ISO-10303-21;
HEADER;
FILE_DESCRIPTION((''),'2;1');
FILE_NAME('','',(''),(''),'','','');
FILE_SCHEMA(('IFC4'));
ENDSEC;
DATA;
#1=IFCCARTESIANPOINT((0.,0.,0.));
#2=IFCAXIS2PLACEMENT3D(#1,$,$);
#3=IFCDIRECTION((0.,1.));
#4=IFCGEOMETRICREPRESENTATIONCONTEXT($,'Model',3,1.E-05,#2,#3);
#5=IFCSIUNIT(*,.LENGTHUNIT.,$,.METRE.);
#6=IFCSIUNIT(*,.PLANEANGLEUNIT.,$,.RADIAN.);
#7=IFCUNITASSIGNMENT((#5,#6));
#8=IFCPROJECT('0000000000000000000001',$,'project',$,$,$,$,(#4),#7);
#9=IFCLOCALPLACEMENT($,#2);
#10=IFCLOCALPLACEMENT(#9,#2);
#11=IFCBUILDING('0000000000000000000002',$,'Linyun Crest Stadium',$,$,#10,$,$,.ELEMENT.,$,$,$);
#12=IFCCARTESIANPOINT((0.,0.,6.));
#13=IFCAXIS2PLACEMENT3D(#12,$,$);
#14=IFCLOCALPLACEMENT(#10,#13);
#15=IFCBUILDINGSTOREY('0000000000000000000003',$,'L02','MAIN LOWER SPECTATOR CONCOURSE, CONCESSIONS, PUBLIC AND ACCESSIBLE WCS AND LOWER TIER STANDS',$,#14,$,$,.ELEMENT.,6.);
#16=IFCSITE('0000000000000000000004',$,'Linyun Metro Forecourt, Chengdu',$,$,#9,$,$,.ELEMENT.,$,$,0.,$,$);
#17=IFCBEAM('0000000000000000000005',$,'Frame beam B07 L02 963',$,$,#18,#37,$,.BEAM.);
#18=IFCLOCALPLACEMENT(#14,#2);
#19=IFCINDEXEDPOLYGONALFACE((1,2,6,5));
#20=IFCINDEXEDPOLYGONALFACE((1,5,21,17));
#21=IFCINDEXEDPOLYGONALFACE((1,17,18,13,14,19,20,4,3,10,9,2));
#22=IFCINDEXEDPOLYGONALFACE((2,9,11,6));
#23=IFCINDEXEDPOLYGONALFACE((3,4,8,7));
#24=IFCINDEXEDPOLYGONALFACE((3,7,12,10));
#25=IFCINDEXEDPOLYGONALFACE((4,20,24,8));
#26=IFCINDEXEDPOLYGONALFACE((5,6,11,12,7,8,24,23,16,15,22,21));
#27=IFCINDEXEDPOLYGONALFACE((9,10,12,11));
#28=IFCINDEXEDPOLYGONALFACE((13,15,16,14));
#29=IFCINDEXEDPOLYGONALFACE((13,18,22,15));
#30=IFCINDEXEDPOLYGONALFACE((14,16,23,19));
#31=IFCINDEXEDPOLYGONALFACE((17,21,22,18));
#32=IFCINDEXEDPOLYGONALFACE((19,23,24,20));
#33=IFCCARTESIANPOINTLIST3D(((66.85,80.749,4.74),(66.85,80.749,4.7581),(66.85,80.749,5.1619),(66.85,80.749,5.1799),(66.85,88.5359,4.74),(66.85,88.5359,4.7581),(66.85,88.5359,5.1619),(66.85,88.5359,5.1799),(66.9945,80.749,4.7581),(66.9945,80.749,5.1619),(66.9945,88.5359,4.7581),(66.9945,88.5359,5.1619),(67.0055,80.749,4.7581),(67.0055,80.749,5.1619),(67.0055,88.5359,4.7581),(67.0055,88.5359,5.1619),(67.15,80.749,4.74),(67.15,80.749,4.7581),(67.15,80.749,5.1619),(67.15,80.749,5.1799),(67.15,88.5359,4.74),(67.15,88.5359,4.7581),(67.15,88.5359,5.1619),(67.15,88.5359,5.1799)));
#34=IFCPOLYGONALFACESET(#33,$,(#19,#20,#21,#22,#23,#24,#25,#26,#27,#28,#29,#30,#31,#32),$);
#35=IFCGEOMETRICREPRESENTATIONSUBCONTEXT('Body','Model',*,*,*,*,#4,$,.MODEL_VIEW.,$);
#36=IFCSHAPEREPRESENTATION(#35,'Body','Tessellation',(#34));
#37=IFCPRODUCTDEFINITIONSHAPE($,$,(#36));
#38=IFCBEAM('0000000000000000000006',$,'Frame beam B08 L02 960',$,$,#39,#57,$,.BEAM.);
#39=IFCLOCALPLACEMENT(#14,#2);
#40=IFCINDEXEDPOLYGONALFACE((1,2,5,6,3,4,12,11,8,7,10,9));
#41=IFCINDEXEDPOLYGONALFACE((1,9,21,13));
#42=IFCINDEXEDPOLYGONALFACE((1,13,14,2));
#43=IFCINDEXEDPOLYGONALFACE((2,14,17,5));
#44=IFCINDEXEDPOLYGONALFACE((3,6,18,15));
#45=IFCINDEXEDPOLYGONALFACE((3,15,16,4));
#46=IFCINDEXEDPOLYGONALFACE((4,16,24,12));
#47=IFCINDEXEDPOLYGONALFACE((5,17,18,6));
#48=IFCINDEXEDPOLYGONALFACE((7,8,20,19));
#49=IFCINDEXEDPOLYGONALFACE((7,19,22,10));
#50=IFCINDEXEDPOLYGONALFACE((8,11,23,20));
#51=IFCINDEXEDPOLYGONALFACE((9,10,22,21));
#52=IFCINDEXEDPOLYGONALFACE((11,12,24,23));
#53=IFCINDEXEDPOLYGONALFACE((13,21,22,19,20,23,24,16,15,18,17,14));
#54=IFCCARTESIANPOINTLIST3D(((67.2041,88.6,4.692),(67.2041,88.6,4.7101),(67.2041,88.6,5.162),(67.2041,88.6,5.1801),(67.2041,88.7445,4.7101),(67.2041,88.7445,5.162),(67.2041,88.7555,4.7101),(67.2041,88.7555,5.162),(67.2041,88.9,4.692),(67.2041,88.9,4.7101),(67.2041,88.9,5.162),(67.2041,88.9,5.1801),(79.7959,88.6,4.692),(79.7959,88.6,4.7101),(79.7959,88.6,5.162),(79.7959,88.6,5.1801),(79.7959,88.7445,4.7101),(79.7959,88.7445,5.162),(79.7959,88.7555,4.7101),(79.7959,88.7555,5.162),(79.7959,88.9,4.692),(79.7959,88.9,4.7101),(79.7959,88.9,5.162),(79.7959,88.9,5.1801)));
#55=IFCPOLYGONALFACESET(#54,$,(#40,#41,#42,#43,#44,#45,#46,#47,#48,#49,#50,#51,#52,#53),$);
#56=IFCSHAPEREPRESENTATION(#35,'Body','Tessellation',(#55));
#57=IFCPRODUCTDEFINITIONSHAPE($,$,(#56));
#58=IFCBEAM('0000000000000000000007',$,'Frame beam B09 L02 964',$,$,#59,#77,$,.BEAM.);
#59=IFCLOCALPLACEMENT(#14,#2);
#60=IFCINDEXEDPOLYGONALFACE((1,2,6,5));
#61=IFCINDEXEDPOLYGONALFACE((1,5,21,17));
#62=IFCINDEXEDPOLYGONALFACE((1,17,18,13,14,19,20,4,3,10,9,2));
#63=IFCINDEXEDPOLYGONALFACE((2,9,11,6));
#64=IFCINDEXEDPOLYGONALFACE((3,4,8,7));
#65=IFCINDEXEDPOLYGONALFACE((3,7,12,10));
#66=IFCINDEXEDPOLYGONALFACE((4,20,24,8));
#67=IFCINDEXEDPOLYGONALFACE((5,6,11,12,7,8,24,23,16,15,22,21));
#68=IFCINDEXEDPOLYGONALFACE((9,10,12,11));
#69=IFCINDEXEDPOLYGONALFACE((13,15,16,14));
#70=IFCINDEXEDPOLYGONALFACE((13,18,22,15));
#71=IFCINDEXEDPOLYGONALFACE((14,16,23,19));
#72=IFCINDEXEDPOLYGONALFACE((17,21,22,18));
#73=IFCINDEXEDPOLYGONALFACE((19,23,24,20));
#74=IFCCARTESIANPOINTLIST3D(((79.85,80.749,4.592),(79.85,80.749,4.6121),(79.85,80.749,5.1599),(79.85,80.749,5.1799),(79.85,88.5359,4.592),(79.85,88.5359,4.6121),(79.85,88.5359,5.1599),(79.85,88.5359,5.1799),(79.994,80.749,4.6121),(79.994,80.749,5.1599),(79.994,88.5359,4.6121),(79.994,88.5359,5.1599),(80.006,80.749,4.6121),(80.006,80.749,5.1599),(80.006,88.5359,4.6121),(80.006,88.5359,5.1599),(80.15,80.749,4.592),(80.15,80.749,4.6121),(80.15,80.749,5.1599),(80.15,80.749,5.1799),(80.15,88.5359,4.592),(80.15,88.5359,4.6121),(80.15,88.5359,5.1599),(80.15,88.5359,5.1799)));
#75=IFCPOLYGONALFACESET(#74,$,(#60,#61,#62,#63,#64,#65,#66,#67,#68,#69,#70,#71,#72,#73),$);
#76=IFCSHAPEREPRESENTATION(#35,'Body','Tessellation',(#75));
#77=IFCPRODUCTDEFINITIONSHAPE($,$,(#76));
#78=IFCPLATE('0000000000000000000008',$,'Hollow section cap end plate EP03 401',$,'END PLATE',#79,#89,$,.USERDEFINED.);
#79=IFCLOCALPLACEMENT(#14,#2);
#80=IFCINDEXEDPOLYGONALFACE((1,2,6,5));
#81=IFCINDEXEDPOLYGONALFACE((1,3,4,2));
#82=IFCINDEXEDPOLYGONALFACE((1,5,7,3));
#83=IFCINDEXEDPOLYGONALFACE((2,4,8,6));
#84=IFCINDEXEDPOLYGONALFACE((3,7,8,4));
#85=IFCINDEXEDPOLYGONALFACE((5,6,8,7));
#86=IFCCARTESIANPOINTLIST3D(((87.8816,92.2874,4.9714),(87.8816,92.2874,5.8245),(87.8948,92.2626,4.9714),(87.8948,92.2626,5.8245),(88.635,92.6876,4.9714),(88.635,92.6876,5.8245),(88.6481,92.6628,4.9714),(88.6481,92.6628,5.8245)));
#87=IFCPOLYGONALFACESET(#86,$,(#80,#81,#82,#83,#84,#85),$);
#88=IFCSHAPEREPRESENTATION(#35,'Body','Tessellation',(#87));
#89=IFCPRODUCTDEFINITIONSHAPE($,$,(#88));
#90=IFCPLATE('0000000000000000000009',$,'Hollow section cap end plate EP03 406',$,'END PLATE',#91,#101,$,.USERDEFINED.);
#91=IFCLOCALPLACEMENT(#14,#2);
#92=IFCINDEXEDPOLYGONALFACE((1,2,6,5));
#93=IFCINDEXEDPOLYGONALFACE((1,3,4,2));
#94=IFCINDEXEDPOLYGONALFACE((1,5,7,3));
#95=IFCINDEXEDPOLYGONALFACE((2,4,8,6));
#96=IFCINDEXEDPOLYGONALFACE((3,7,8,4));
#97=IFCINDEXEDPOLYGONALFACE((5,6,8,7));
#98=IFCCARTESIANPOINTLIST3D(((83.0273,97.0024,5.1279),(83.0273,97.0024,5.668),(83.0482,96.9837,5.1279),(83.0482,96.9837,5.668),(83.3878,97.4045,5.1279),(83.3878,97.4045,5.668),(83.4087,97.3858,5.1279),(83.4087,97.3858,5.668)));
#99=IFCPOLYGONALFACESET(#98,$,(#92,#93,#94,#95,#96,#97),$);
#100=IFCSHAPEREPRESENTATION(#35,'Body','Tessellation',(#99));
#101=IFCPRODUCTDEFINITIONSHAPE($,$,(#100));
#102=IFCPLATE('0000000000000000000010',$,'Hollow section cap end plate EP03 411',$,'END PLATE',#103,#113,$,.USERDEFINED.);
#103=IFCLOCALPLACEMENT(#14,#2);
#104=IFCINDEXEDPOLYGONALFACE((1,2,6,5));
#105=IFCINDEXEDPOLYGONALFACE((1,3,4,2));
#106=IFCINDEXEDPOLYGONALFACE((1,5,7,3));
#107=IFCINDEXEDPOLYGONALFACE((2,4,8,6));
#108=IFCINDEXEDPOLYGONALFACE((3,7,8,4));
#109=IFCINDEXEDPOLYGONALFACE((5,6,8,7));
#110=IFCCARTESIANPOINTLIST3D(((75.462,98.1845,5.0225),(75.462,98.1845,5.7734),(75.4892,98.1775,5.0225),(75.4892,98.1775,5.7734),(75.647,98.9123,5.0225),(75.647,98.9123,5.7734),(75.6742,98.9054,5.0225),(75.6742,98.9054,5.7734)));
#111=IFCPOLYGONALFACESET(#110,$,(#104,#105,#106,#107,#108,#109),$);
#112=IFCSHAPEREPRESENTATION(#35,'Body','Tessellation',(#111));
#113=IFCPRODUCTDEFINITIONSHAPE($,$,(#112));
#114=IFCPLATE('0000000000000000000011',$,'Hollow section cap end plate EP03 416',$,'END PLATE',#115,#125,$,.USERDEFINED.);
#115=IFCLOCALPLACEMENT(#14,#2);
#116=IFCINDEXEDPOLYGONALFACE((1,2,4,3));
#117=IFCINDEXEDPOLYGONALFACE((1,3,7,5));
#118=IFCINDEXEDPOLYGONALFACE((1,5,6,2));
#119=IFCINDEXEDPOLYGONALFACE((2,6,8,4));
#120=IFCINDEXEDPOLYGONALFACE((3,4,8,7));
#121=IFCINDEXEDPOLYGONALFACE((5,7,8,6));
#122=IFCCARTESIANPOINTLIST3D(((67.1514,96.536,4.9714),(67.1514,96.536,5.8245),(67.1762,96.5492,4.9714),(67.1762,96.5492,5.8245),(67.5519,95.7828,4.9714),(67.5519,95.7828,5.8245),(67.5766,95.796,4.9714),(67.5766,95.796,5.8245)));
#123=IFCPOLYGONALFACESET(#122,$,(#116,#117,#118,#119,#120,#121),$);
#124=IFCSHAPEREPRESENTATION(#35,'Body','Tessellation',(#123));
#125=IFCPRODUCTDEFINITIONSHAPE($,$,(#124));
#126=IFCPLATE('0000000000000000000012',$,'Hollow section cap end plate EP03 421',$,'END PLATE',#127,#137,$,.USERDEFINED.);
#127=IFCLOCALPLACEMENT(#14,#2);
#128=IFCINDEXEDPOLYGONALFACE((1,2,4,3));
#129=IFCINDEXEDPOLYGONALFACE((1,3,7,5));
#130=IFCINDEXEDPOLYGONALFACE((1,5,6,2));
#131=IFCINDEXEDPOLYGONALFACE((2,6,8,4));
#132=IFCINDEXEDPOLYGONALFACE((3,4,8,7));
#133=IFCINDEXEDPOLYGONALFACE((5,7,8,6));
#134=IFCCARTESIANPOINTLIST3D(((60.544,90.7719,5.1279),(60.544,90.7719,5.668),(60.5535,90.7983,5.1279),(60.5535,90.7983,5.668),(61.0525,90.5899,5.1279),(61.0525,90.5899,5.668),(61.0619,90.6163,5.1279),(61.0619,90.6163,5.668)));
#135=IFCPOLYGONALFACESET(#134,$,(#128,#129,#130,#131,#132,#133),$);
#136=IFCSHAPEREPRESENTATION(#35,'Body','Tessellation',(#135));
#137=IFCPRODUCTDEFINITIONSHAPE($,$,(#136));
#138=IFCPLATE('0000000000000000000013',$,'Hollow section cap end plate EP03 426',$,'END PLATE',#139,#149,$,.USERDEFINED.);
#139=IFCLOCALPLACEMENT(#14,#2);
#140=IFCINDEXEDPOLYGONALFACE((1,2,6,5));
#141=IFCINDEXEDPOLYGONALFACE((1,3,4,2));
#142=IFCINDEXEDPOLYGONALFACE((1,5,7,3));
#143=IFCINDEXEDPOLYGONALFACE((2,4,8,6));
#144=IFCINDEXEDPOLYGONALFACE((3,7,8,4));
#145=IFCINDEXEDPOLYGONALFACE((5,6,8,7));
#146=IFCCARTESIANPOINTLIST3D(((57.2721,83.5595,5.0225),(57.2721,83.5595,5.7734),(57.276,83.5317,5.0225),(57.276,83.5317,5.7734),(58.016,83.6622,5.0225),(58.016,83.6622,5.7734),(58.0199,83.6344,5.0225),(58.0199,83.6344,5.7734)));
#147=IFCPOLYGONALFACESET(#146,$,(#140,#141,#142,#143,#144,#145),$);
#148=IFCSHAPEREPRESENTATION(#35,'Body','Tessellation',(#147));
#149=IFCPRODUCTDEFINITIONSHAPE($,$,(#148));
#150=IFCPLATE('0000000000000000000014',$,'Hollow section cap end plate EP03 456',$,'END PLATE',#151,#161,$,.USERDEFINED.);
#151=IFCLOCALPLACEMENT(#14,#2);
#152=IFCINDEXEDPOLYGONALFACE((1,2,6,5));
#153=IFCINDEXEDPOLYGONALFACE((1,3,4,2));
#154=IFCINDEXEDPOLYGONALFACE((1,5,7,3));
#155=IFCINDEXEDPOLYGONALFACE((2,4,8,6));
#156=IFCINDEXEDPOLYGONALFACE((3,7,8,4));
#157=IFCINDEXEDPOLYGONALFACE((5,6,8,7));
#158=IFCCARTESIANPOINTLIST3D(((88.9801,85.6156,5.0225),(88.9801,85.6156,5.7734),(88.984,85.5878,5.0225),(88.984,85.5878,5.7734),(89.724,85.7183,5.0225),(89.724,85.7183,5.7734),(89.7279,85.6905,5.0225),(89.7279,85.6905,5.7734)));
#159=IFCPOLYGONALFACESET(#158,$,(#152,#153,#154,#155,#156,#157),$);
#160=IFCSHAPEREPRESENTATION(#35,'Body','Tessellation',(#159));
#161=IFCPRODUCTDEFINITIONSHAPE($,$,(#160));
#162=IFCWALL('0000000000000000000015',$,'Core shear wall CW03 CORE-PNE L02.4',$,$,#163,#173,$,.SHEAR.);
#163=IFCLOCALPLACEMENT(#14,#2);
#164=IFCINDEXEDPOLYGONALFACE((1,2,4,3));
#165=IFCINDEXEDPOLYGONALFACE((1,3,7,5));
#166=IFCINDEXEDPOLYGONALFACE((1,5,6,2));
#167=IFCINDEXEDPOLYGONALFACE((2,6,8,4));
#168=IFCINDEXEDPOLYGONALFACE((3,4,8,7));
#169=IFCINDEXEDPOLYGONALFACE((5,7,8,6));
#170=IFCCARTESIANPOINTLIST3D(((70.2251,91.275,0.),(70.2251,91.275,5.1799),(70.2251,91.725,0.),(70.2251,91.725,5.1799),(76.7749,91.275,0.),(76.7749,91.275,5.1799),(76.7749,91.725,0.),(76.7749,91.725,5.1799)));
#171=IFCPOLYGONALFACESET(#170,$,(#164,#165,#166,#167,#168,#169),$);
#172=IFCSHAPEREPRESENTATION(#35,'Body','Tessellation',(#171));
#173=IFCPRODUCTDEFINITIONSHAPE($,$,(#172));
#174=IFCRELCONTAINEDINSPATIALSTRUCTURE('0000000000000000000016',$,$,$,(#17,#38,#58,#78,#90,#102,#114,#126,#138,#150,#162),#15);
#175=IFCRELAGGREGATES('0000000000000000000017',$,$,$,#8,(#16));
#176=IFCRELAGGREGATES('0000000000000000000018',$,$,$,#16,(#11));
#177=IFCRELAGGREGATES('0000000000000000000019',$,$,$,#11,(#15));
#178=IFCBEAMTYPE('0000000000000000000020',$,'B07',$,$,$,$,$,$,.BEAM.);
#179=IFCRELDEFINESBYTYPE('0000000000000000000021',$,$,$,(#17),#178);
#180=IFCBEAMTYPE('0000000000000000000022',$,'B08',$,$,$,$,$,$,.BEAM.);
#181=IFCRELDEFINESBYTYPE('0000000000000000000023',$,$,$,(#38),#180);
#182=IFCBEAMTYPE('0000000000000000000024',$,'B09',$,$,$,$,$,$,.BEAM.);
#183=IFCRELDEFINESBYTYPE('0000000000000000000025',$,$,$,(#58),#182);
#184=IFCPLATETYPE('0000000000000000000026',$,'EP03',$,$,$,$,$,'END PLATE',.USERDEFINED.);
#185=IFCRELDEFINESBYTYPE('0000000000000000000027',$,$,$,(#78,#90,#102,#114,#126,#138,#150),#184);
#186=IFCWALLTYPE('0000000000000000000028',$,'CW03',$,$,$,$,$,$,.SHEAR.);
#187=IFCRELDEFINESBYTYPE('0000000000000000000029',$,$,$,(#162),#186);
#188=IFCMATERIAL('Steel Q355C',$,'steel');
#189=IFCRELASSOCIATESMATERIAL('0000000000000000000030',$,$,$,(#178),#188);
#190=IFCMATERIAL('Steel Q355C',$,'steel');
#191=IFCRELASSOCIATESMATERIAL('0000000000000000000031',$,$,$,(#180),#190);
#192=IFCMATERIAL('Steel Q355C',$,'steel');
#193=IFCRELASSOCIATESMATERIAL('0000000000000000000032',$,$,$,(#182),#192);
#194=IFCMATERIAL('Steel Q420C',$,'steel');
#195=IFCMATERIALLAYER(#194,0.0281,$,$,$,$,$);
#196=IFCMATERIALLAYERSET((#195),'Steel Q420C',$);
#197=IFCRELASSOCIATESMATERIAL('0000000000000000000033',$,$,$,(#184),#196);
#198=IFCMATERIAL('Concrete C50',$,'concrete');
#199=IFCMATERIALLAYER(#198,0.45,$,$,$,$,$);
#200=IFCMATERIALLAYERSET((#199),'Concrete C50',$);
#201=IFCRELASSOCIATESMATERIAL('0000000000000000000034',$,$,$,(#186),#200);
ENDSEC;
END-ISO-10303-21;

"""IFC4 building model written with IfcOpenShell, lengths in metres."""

from ifc_helpers import new_model, si_unit, direction, frame, frame_2d, origin, origin_2d, place, context, subcontext, project, spatial, rectangle, i_section, extrude, material, layer, layer_set, material_profile, profile_set, type_object, element, save


model = new_model("IFC4")

# Units and contexts
model_context = context("Model", 3, precision=1e-05, world=origin(), true_north=direction((0.0, 1.0)))
body_context = subcontext(model_context, "Body", "Model", "MODEL_VIEW")
ifc_project = project(units=[si_unit("LENGTHUNIT", "METRE"), si_unit("PLANEANGLEUNIT", "RADIAN")], contexts=[model_context])

# Site, building, storey
site_placement = place(None, origin())
site = spatial("IfcSite", under=ifc_project, at=site_placement, Name="Linyun Metro Forecourt, Chengdu", CompositionType="ELEMENT", RefElevation=0.0)
building_placement = place(site_placement, origin())
building = spatial("IfcBuilding", under=site, at=building_placement, Name="Linyun Crest Stadium", CompositionType="ELEMENT")
storey_placement = place(building_placement, frame((0.0, 0.0, 6.0)))
storey = spatial("IfcBuildingStorey", under=building, at=storey_placement, Name="L02", Description="MAIN LOWER SPECTATOR CONCOURSE, CONCESSIONS, PUBLIC AND ACCESSIBLE WCS AND LOWER TIER STANDS", CompositionType="ELEMENT", Elevation=6.0)

# Beams
ifc_material_1 = material(Name="Steel Q355C", Category="steel")
ifc_material_profile_1 = material_profile(ifc_material_1, i_section(OverallWidth=0.3, OverallDepth=0.4399, WebThickness=0.011, FlangeThickness=0.0181, at=origin_2d()), Name="HM 440x300")
ifc_profile_set_1 = profile_set([ifc_material_profile_1], Name="Steel Q355C")
beam_type_1 = type_object("IfcBeamType", Name="B07", PredefinedType="BEAM", material=ifc_profile_set_1)
beam_1_placement = place(storey_placement, frame((67.0, 80.749, 4.96), z_axis=(0.0, 1.0, 0.0), x_axis=(-1.0, 0.0, 0.0)))
element("IfcBeam", 1, at=beam_1_placement, inside=storey, type_object=beam_type_1, Name="Frame beam B07 L02 963", PredefinedType="BEAM", context=body_context, shape_type="SweptSolid", body=[
    extrude(i_section(OverallWidth=0.3, OverallDepth=0.4399, WebThickness=0.011, FlangeThickness=0.0181, at=origin_2d()), origin(), (0.0, 0.0, 1.0), 7.7869),
])
ifc_material_2 = material(Name="Steel Q355C", Category="steel")
ifc_material_profile_2 = material_profile(ifc_material_2, i_section(OverallWidth=0.3, OverallDepth=0.488, WebThickness=0.011, FlangeThickness=0.0181, at=origin_2d()), Name="HM 488x300")
ifc_profile_set_2 = profile_set([ifc_material_profile_2], Name="Steel Q355C")
beam_type_2 = type_object("IfcBeamType", Name="B08", PredefinedType="BEAM", material=ifc_profile_set_2)
beam_2_placement = place(storey_placement, frame((67.2041, 88.75, 4.936), z_axis=(1.0, 0.0, 0.0), x_axis=(0.0, 1.0, 0.0)))
element("IfcBeam", 2, at=beam_2_placement, inside=storey, type_object=beam_type_2, Name="Frame beam B08 L02 960", PredefinedType="BEAM", context=body_context, shape_type="SweptSolid", body=[
    extrude(i_section(OverallWidth=0.3, OverallDepth=0.488, WebThickness=0.011, FlangeThickness=0.0181, at=origin_2d()), origin(), (0.0, 0.0, 1.0), 12.5918),
])
ifc_material_3 = material(Name="Steel Q355C", Category="steel")
ifc_material_profile_3 = material_profile(ifc_material_3, i_section(OverallWidth=0.3, OverallDepth=0.5879, WebThickness=0.012, FlangeThickness=0.02, at=origin_2d()), Name="HM 588x300")
ifc_profile_set_3 = profile_set([ifc_material_profile_3], Name="Steel Q355C")
beam_type_3 = type_object("IfcBeamType", Name="B09", PredefinedType="BEAM", material=ifc_profile_set_3)
beam_3_placement = place(storey_placement, frame((80.0, 80.749, 4.886), z_axis=(0.0, 1.0, 0.0), x_axis=(-1.0, 0.0, 0.0)))
element("IfcBeam", 3, at=beam_3_placement, inside=storey, type_object=beam_type_3, Name="Frame beam B09 L02 964", PredefinedType="BEAM", context=body_context, shape_type="SweptSolid", body=[
    extrude(i_section(OverallWidth=0.3, OverallDepth=0.5879, WebThickness=0.012, FlangeThickness=0.02, at=origin_2d()), origin(), (0.0, 0.0, 1.0), 7.7869),
])

# Plates
ifc_material_4 = material(Name="Steel Q420C", Category="steel")
ifc_layer_1 = layer(ifc_material_4, 0.0281)
ifc_layer_set_1 = layer_set([ifc_layer_1], Name="Steel Q420C")
plate_type = type_object("IfcPlateType", Name="EP03", ElementType="END PLATE", PredefinedType="USERDEFINED", material=ifc_layer_set_1)
plate_1_placement = place(storey_placement, frame((88.2649, 92.4751, 4.9714), z_axis=(0.0, 0.0, 1.0), x_axis=(0.883111, 0.469163, 0.0)))
element("IfcPlate", 4, at=plate_1_placement, inside=storey, type_object=plate_type, Name="Hollow section cap end plate EP03 401", ObjectType="END PLATE", PredefinedType="USERDEFINED", context=body_context, shape_type="SweptSolid", body=[
    extrude(rectangle(XDim=0.853, YDim=0.0281, at=origin_2d()), origin(), (0.0, 0.0, 1.0), 0.853),
])
plate_2_placement = place(storey_placement, frame((83.218, 97.1941, 5.1279), z_axis=(0.0, 0.0, 1.0), x_axis=(0.667573, 0.744545, 0.0)))
element("IfcPlate", 5, at=plate_2_placement, inside=storey, type_object=plate_type, Name="Hollow section cap end plate EP03 406", ObjectType="END PLATE", PredefinedType="USERDEFINED", context=body_context, shape_type="SweptSolid", body=[
    extrude(rectangle(XDim=0.54, YDim=0.0281, at=origin_2d()), origin(), (0.0, 0.0, 1.0), 0.54),
])
plate_3_placement = place(storey_placement, frame((75.5681, 98.5449, 5.0225), z_axis=(0.0, 0.0, 1.0), x_axis=(0.246322, 0.969188, 0.0)))
element("IfcPlate", 6, at=plate_3_placement, inside=storey, type_object=plate_type, Name="Hollow section cap end plate EP03 411", ObjectType="END PLATE", PredefinedType="USERDEFINED", context=body_context, shape_type="SweptSolid", body=[
    extrude(rectangle(XDim=0.751, YDim=0.0281, at=origin_2d()), origin(), (0.0, 0.0, 1.0), 0.751),
])
plate_4_placement = place(storey_placement, frame((67.364, 96.166, 4.9714), z_axis=(0.0, 0.0, 1.0), x_axis=(-0.469472, 0.882948, 0.0)))
element("IfcPlate", 7, at=plate_4_placement, inside=storey, type_object=plate_type, Name="Hollow section cap end plate EP03 416", ObjectType="END PLATE", PredefinedType="USERDEFINED", context=body_context, shape_type="SweptSolid", body=[
    extrude(rectangle(XDim=0.853, YDim=0.0281, at=origin_2d()), origin(), (0.0, 0.0, 1.0), 0.853),
])
plate_5_placement = place(storey_placement, frame((60.803, 90.6941, 5.1279), z_axis=(0.0, 0.0, 1.0), x_axis=(-0.941529, 0.336931, 0.0)))
element("IfcPlate", 8, at=plate_5_placement, inside=storey, type_object=plate_type, Name="Hollow section cap end plate EP03 421", ObjectType="END PLATE", PredefinedType="USERDEFINED", context=body_context, shape_type="SweptSolid", body=[
    extrude(rectangle(XDim=0.54, YDim=0.0281, at=origin_2d()), origin(), (0.0, 0.0, 1.0), 0.54),
])
for number, where, z_axis, x_axis, name in (
    (9, (57.646, 83.5969, 5.0225), (0.0, 0.0, 1.0), (-0.990605, -0.136753, 0.0), "Hollow section cap end plate EP03 426"),
    (10, (89.354, 85.6531, 5.0225), (0.0, 0.0, 1.0), (0.990605, 0.136753, 0.0), "Hollow section cap end plate EP03 456"),
):
    element("IfcPlate", number, at=place(storey_placement, frame(where, z_axis=z_axis, x_axis=x_axis)), inside=storey, type_object=plate_type, Name=name, ObjectType="END PLATE", PredefinedType="USERDEFINED", context=body_context, shape_type="SweptSolid", body=[
        extrude(rectangle(XDim=0.751, YDim=0.0281, at=origin_2d()), origin(), (0.0, 0.0, 1.0), 0.751),
    ])

# Wall
ifc_material_5 = material(Name="Concrete C50", Category="concrete")
ifc_layer_2 = layer(ifc_material_5, 0.45)
ifc_layer_set_2 = layer_set([ifc_layer_2], Name="Concrete C50")
wall_type_1 = type_object("IfcWallType", Name="CW03", PredefinedType="SHEAR", material=ifc_layer_set_2)
wall_1_placement = place(storey_placement, frame((70.2251, 91.5, 0.0), z_axis=(0.0, 0.0, 1.0), x_axis=(1.0, 0.0, 0.0)))
element("IfcWall", 11, at=wall_1_placement, inside=storey, type_object=wall_type_1, Name="Core shear wall CW03 CORE-PNE L02.4", PredefinedType="SHEAR", context=body_context, shape_type="SweptSolid", body=[
    extrude(rectangle(XDim=6.5498, YDim=0.45, at=frame_2d((3.2749, 0.0))), origin(), (0.0, 0.0, 1.0), 5.1799),
])

save(model, "model.ifc")
